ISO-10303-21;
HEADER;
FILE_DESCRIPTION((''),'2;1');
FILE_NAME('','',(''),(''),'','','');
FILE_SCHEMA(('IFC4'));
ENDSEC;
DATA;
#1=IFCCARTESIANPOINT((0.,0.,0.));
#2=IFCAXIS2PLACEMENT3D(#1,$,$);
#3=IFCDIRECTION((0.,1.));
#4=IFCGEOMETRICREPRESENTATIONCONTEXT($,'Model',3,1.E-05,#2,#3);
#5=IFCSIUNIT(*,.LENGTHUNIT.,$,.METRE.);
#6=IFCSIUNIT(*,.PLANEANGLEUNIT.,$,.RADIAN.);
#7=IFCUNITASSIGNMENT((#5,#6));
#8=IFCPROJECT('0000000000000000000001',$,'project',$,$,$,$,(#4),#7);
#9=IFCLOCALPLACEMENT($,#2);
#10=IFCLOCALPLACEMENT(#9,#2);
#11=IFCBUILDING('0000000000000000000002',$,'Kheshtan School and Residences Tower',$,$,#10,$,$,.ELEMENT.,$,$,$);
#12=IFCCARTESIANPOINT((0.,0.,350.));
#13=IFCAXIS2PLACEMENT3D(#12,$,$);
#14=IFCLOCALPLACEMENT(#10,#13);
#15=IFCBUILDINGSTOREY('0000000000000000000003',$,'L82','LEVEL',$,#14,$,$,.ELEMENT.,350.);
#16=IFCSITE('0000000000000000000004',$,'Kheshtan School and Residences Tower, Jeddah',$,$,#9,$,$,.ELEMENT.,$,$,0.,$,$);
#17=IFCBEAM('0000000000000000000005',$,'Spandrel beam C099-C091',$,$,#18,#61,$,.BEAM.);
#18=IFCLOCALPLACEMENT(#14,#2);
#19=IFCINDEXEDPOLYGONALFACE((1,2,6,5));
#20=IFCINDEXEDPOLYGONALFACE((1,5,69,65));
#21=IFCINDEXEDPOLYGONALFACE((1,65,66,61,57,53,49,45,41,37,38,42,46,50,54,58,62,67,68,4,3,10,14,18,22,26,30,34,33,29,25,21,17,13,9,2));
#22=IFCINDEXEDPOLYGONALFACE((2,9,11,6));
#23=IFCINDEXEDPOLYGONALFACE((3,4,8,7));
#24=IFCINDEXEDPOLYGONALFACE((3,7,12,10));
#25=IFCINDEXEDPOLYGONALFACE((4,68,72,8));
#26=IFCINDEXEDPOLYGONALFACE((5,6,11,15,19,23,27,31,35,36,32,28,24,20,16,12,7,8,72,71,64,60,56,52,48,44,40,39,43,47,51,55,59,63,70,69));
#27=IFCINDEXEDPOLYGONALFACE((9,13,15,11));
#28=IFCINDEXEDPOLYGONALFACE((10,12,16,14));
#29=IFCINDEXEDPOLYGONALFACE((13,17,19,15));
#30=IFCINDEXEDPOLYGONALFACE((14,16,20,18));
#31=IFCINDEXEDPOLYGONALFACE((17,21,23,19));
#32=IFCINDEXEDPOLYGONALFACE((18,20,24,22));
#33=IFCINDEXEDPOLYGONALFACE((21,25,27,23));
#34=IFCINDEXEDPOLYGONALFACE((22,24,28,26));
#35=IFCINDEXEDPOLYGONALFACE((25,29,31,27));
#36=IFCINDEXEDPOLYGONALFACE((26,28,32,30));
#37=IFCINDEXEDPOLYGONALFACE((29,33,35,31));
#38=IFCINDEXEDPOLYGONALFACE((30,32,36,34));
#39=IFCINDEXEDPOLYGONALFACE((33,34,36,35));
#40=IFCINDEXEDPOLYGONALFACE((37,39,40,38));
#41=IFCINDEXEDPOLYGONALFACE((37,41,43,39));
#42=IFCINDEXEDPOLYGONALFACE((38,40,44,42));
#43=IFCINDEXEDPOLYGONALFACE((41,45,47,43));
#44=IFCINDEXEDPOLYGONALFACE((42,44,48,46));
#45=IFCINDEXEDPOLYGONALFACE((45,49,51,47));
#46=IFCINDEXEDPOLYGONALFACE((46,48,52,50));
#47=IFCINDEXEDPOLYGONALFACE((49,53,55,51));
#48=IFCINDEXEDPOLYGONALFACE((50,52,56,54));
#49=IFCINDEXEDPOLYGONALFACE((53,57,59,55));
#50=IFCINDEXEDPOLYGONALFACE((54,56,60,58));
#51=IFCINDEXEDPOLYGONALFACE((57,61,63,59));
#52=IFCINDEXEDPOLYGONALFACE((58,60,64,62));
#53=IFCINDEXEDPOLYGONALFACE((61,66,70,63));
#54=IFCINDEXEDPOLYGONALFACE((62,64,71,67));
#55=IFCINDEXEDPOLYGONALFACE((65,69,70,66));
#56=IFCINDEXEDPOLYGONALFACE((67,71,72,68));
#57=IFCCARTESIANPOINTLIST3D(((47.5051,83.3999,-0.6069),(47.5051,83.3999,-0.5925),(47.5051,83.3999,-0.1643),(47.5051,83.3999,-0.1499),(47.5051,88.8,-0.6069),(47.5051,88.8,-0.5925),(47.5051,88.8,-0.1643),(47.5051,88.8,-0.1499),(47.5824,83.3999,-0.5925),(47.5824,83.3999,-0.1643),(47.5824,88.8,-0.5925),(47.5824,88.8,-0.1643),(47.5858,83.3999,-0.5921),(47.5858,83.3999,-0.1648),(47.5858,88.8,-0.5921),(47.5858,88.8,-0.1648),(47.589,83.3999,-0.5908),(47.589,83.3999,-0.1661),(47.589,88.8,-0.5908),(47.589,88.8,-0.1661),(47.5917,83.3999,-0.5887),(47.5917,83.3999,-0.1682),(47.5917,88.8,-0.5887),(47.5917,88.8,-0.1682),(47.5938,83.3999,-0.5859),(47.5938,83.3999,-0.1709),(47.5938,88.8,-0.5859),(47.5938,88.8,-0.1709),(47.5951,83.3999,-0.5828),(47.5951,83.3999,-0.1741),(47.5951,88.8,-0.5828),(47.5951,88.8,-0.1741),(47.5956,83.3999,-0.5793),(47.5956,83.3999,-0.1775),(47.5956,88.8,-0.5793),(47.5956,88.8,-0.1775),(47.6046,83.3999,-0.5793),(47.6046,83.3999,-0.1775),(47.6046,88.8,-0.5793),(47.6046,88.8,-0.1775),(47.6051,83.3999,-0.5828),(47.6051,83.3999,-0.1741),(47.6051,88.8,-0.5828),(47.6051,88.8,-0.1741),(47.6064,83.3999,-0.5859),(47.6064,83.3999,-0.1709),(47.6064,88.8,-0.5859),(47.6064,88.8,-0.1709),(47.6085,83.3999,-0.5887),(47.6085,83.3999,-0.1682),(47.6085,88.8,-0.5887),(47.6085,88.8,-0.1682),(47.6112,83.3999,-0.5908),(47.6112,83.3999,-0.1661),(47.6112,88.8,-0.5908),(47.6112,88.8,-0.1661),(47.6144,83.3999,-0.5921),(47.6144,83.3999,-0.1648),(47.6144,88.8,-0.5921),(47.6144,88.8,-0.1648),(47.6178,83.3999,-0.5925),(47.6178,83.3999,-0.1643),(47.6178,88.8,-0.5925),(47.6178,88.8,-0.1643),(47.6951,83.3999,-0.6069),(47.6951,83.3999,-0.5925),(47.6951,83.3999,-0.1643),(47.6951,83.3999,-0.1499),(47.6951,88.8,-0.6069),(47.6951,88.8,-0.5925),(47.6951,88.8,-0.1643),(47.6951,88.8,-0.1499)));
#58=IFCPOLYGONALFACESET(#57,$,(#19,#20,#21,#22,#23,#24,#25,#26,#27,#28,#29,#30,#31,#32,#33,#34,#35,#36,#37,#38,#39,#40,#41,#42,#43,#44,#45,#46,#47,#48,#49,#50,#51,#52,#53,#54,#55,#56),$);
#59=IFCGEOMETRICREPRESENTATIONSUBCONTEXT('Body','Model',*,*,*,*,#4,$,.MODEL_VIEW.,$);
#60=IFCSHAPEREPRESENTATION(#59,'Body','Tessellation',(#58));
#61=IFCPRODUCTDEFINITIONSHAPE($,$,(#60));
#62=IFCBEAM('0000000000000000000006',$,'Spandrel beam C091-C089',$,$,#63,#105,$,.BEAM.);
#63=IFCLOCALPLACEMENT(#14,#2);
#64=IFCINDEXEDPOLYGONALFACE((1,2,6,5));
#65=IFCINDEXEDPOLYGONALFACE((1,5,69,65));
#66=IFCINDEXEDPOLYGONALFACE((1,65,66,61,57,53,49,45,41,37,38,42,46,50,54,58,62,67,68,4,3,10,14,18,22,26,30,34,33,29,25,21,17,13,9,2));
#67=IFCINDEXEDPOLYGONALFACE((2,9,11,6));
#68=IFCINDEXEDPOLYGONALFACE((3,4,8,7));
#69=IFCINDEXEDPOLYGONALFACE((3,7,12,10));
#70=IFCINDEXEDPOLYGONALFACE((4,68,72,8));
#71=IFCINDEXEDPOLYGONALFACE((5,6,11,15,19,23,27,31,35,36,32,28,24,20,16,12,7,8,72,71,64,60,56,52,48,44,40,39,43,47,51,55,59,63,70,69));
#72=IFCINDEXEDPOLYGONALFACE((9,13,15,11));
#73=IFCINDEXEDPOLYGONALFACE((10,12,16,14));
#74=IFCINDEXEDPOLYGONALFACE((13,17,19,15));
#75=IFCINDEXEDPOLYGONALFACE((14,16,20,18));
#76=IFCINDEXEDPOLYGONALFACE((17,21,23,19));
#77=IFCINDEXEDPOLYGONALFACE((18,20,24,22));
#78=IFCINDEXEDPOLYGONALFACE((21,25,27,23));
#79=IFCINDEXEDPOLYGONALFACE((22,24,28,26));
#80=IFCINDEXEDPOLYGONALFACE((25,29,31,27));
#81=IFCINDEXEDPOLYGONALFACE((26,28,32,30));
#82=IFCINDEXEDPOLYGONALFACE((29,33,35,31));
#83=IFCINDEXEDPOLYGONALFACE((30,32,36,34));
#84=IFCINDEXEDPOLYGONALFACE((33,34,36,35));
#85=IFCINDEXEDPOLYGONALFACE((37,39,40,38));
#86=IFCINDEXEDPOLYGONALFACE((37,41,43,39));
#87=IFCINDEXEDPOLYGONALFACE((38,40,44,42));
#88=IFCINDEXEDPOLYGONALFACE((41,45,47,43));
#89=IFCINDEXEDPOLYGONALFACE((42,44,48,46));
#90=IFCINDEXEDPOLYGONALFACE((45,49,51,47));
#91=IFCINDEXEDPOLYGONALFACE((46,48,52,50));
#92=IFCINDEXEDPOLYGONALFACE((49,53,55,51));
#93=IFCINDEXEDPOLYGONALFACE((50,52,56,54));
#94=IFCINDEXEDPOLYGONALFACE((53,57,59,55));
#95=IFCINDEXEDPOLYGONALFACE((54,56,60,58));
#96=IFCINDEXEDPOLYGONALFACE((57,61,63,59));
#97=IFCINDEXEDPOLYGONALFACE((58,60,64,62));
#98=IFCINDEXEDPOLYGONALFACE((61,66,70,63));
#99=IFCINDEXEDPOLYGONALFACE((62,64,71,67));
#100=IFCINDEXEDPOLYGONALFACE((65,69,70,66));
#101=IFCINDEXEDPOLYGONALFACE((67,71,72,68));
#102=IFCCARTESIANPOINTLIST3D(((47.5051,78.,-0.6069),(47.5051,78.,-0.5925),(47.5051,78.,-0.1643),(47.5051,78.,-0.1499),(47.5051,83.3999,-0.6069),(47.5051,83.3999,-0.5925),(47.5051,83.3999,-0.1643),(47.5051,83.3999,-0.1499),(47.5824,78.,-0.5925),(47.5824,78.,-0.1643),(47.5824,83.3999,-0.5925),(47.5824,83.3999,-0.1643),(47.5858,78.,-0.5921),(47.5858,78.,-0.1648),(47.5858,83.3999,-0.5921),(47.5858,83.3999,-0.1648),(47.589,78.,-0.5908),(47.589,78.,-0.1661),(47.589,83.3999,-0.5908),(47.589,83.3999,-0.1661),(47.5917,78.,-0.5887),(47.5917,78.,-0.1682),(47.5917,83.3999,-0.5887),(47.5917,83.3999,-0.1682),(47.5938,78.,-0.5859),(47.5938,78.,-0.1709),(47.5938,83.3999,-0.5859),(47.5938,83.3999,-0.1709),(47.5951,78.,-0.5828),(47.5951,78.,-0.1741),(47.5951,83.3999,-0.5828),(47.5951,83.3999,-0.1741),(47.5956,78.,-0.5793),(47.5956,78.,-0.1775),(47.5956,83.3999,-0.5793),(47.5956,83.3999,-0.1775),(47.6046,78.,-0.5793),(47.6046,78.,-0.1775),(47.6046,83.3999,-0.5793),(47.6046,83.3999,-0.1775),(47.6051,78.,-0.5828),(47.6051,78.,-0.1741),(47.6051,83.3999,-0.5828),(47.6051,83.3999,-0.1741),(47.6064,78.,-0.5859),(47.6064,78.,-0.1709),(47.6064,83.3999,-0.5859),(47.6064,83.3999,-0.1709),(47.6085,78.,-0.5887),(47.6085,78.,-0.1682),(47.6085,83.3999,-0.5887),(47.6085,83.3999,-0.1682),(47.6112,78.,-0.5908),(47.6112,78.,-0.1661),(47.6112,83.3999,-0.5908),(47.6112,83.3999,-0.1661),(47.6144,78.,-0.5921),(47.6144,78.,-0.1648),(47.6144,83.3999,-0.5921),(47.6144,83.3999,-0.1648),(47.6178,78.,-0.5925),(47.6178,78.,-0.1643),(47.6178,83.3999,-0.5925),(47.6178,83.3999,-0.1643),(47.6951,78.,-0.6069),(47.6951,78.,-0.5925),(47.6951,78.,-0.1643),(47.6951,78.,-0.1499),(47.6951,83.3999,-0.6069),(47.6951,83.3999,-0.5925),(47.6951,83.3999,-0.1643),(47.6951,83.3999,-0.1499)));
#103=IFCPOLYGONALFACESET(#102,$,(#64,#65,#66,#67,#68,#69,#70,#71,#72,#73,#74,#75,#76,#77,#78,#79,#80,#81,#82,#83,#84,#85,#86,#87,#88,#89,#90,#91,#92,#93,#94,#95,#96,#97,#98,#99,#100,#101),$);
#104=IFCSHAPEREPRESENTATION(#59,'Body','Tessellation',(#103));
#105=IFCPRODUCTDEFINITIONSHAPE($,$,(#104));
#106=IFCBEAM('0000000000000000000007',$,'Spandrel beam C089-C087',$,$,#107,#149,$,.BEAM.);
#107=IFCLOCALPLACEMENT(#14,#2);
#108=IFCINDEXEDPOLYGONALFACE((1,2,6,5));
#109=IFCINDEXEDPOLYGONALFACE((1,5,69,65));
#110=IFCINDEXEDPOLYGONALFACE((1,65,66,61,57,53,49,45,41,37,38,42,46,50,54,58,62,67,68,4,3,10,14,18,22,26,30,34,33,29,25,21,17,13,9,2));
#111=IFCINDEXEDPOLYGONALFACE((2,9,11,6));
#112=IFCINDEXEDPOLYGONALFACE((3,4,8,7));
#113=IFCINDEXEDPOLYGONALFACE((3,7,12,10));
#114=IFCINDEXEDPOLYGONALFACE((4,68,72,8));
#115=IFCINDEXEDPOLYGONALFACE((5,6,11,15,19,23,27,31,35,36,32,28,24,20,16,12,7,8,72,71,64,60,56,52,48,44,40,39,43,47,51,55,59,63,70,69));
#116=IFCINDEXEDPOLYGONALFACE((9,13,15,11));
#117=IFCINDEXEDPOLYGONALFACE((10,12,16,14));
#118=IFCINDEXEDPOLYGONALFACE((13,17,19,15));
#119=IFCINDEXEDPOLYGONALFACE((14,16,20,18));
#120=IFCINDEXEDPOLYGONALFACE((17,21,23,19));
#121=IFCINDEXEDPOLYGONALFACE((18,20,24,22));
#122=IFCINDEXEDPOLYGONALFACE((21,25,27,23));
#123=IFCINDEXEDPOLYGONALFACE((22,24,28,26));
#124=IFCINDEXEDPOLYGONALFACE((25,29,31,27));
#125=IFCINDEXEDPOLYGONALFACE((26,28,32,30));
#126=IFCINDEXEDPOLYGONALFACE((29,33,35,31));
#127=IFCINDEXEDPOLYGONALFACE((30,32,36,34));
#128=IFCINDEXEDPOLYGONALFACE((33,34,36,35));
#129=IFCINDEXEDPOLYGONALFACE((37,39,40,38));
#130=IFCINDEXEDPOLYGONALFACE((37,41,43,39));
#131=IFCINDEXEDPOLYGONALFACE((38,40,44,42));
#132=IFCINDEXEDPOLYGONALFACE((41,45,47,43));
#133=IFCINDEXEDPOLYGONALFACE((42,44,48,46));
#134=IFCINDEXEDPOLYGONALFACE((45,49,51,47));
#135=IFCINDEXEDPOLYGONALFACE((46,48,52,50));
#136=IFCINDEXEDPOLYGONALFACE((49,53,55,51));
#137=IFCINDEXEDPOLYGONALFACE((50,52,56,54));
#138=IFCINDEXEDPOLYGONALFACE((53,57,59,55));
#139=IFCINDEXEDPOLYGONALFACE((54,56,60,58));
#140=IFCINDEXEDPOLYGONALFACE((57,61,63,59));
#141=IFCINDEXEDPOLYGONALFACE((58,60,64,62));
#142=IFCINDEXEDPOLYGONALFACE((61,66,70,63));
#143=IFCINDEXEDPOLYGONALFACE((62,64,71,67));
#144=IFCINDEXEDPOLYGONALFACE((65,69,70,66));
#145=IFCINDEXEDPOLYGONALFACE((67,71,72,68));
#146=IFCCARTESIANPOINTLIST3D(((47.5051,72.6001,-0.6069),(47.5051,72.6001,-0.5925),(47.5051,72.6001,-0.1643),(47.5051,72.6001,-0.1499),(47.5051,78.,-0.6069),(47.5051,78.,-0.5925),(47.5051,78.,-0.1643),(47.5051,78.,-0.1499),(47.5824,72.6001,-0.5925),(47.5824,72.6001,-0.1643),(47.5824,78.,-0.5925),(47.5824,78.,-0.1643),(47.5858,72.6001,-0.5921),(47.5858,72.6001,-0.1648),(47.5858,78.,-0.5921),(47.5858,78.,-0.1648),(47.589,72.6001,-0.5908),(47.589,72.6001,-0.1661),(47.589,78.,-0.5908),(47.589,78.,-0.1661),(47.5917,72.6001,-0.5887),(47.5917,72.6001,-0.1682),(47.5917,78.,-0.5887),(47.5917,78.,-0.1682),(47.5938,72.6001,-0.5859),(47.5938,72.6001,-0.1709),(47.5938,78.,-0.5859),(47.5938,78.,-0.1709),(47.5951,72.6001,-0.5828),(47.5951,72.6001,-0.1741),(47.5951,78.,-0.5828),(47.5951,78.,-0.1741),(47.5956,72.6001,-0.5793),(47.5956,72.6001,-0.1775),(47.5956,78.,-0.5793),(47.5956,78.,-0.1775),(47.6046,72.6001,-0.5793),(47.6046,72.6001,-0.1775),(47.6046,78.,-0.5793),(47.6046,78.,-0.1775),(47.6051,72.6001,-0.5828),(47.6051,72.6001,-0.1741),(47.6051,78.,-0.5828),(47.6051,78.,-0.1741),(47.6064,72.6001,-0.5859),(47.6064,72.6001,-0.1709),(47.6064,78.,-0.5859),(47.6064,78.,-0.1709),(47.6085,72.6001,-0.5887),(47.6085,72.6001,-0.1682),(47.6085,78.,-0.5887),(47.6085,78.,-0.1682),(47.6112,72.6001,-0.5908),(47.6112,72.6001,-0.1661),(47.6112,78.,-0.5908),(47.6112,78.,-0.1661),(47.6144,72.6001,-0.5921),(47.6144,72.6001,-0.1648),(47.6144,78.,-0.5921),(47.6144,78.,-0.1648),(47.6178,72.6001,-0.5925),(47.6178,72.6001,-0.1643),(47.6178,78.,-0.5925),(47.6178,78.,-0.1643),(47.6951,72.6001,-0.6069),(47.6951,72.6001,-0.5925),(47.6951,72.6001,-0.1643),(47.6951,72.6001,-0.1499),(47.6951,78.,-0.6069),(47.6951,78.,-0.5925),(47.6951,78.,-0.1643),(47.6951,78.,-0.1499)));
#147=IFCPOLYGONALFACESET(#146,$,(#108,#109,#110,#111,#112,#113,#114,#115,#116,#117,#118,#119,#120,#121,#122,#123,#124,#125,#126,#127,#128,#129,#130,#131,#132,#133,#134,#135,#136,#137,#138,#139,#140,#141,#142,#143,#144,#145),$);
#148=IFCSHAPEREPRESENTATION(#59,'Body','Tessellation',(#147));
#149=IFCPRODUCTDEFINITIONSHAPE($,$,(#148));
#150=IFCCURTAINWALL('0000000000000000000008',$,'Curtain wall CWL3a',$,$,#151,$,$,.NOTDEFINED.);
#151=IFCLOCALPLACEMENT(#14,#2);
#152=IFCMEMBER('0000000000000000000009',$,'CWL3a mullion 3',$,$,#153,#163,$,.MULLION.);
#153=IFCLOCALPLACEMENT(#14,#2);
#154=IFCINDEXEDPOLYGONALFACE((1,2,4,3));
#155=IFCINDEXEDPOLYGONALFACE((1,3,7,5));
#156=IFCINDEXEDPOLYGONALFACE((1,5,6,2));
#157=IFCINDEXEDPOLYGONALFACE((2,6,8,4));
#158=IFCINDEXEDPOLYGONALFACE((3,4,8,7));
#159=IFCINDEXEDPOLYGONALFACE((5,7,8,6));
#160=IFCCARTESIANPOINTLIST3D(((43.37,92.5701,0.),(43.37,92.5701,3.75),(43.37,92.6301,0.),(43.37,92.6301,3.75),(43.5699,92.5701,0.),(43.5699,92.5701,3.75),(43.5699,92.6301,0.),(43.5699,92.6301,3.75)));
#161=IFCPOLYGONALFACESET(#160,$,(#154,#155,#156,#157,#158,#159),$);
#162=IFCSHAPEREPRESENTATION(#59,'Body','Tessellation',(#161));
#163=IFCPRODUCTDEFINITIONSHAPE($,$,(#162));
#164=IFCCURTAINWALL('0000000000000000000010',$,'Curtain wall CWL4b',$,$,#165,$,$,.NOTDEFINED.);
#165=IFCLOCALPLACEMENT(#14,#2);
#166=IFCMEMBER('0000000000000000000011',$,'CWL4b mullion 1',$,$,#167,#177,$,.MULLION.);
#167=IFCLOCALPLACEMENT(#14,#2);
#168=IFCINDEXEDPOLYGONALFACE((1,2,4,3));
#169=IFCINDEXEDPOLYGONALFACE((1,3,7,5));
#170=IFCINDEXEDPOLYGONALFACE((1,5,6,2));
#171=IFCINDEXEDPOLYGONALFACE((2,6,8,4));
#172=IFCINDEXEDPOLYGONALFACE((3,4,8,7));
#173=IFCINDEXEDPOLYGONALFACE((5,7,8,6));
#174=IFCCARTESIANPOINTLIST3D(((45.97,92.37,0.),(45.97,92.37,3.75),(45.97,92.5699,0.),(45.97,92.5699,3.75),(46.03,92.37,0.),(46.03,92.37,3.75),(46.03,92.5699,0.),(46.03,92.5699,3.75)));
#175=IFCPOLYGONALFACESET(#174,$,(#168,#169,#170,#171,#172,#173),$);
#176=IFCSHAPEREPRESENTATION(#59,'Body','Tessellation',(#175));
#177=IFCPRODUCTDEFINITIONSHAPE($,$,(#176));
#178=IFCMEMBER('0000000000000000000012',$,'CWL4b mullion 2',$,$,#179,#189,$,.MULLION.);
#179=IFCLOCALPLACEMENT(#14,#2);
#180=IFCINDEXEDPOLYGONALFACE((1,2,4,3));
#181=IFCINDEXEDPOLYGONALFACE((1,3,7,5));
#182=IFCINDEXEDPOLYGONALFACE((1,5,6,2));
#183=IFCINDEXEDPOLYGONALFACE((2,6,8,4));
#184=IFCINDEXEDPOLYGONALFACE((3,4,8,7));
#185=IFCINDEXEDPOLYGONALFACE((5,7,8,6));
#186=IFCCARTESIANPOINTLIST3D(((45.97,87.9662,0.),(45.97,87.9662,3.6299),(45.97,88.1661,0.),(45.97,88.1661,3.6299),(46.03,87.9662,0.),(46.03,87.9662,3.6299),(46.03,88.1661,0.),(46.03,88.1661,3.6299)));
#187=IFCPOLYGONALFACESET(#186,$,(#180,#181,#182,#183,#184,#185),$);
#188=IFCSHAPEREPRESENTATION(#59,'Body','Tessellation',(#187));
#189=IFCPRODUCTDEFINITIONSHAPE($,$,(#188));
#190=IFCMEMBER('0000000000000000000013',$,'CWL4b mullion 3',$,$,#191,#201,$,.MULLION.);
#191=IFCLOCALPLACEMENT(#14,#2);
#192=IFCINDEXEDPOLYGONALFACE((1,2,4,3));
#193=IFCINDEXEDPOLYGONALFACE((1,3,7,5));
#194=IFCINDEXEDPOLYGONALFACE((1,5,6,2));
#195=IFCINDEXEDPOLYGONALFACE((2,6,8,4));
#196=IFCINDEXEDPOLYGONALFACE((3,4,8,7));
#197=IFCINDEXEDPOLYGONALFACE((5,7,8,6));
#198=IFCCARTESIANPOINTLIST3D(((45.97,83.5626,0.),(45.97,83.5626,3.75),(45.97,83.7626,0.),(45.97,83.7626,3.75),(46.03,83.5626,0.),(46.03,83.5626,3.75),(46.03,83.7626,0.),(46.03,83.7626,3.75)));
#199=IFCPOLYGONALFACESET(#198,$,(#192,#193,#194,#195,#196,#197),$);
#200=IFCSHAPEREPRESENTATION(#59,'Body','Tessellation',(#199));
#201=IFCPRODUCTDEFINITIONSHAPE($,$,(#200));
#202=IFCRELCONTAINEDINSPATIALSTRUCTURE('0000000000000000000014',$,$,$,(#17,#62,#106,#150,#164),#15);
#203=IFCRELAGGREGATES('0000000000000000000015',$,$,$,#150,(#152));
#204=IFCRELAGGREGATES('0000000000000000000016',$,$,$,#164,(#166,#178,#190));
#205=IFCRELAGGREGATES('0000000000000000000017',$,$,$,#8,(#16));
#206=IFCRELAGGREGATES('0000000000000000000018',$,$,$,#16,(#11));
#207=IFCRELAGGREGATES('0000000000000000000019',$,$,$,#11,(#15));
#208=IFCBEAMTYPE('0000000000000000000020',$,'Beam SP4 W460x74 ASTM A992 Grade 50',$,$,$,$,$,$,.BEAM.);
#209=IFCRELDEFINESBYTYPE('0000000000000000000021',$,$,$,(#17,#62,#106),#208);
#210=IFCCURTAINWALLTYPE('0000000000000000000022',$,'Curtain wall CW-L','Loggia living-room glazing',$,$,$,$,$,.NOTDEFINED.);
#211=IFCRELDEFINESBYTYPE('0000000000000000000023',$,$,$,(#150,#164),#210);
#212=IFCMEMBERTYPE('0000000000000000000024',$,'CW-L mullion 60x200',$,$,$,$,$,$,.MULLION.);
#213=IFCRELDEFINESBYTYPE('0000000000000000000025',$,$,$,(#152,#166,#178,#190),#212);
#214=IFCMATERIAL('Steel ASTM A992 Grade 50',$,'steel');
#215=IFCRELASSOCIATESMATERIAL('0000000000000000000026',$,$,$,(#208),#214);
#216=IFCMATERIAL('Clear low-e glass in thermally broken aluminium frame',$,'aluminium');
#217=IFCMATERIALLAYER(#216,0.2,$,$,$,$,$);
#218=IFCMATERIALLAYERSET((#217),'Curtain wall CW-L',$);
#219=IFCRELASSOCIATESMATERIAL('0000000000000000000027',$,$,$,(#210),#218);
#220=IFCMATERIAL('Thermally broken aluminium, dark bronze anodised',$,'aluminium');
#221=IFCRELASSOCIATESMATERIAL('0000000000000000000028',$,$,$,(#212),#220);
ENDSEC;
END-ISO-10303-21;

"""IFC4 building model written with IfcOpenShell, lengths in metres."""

from ifc_helpers import new_model, si_unit, direction, frame, origin, origin_2d, place, context, subcontext, project, spatial, rectangle, i_section, extrude, material, layer, layer_set, material_profile, profile_set, type_object, element, aggregate, save


model = new_model("IFC4")

# Units and contexts
model_context = context("Model", 3, precision=1e-05, world=origin(), true_north=direction((0.0, 1.0)))
body_context = subcontext(model_context, "Body", "Model", "MODEL_VIEW")
ifc_project = project(units=[si_unit("LENGTHUNIT", "METRE"), si_unit("PLANEANGLEUNIT", "RADIAN")], contexts=[model_context])

# Site, building, storey
site_placement = place(None, origin())
site = spatial("IfcSite", under=ifc_project, at=site_placement, Name="Kheshtan School and Residences Tower, Jeddah", CompositionType="ELEMENT", RefElevation=0.0)
building_placement = place(site_placement, origin())
building = spatial("IfcBuilding", under=site, at=building_placement, Name="Kheshtan School and Residences Tower", CompositionType="ELEMENT")
storey_placement = place(building_placement, frame((0.0, 0.0, 350.0)))
storey = spatial("IfcBuildingStorey", under=building, at=storey_placement, Name="L82", Description="LEVEL", CompositionType="ELEMENT", Elevation=350.0)

# Shared definitions
ifc_material_1 = material(Name="Steel ASTM A992 Grade 50", Category="steel")

# Beams
ifc_material_profile_1 = material_profile(ifc_material_1, i_section(OverallWidth=0.1899, OverallDepth=0.457, WebThickness=0.009, FlangeThickness=0.0144, FilletRadius=0.0132, at=origin_2d()), Name="W460x74")
ifc_profile_set_1 = profile_set([ifc_material_profile_1], Name="Steel ASTM A992 Grade 50")
beam_type_1 = type_object("IfcBeamType", Name="Beam SP4 W460x74 ASTM A992 Grade 50", PredefinedType="BEAM", material=ifc_profile_set_1)
beam_1_placement = place(storey_placement, frame((47.6001, 88.8, -0.3784), z_axis=(0.0, -1.0, 0.0), x_axis=(1.0, 0.0, 0.0)))
element("IfcBeam", 1, at=beam_1_placement, inside=storey, type_object=beam_type_1, Name="Spandrel beam C099-C091", PredefinedType="BEAM", context=body_context, shape_type="SweptSolid", body=[
    extrude(i_section(OverallWidth=0.1899, OverallDepth=0.457, WebThickness=0.009, FlangeThickness=0.0144, FilletRadius=0.0132, at=origin_2d()), origin(), (0.0, 0.0, 1.0), 5.4001),
])
for number, where, z_axis, x_axis, name in (
    (2, (47.6001, 83.3999, -0.3784), (0.0, -1.0, 0.0), (1.0, 0.0, 0.0), "Spandrel beam C091-C089"),
    (3, (47.6001, 78.0, -0.3784), (0.0, -1.0, 0.0), (1.0, 0.0, 0.0), "Spandrel beam C089-C087"),
):
    element("IfcBeam", number, at=place(storey_placement, frame(where, z_axis=z_axis, x_axis=x_axis)), inside=storey, type_object=beam_type_1, Name=name, PredefinedType="BEAM", context=body_context, shape_type="SweptSolid", body=[
        extrude(i_section(OverallWidth=0.1899, OverallDepth=0.457, WebThickness=0.009, FlangeThickness=0.0144, FilletRadius=0.0132, at=origin_2d()), origin(), (0.0, 0.0, 1.0), 5.3999),
    ])

# Curtain wall, member
ifc_material_2 = material(Name="Clear low-e glass in thermally broken aluminium frame", Category="aluminium")
ifc_layer_1 = layer(ifc_material_2, 0.2)
ifc_layer_set_1 = layer_set([ifc_layer_1], Name="Curtain wall CW-L")
curtain_wall_type = type_object("IfcCurtainWallType", Name="Curtain wall CW-L", Description="Loggia living-room glazing", PredefinedType="NOTDEFINED", material=ifc_layer_set_1)
curtain_wall_1_placement = place(storey_placement, origin())
curtain_wall_1 = element("IfcCurtainWall", 4, at=curtain_wall_1_placement, inside=storey, type_object=curtain_wall_type, Name="Curtain wall CWL3a", PredefinedType="NOTDEFINED")
ifc_material_3 = material(Name="Thermally broken aluminium, dark bronze anodised", Category="aluminium")
ifc_material_profile_2 = material_profile(ifc_material_3, rectangle(XDim=0.0601, YDim=0.2, at=origin_2d()), Name="CW-L mullion 60x200")
ifc_profile_set_2 = profile_set([ifc_material_profile_2], Name="Thermally broken aluminium, dark bronze anodised")
member_type_1 = type_object("IfcMemberType", Name="CW-L mullion 60x200", PredefinedType="MULLION", material=ifc_profile_set_2)
member_1_placement = place(storey_placement, frame((43.47, 92.6001, 0.0), z_axis=(0.0, 0.0, 1.0), x_axis=(0.0, 1.0, 0.0)))
member_1 = element("IfcMember", 5, at=member_1_placement, type_object=member_type_1, Name="CWL3a mullion 3", PredefinedType="MULLION", context=body_context, shape_type="SweptSolid", body=[
    extrude(rectangle(XDim=0.0601, YDim=0.2, at=origin_2d()), origin(), (0.0, 0.0, 1.0), 3.75),
])

# Curtain wall, members
curtain_wall_2_placement = place(storey_placement, origin())
curtain_wall_2 = element("IfcCurtainWall", 6, at=curtain_wall_2_placement, inside=storey, type_object=curtain_wall_type, Name="Curtain wall CWL4b", PredefinedType="NOTDEFINED")
member_2_placement = place(storey_placement, frame((46.0, 92.47, 0.0), z_axis=(0.0, 0.0, 1.0), x_axis=(1.0, 0.0, 0.0)))
member_2 = element("IfcMember", 7, at=member_2_placement, type_object=member_type_1, Name="CWL4b mullion 1", PredefinedType="MULLION", context=body_context, shape_type="SweptSolid", body=[
    extrude(rectangle(XDim=0.0601, YDim=0.2, at=origin_2d()), origin(), (0.0, 0.0, 1.0), 3.75),
])
member_3_placement = place(storey_placement, frame((46.0, 88.0662, 0.0), z_axis=(0.0, 0.0, 1.0), x_axis=(1.0, 0.0, 0.0)))
member_3 = element("IfcMember", 8, at=member_3_placement, type_object=member_type_1, Name="CWL4b mullion 2", PredefinedType="MULLION", context=body_context, shape_type="SweptSolid", body=[
    extrude(rectangle(XDim=0.0601, YDim=0.2, at=origin_2d()), origin(), (0.0, 0.0, 1.0), 3.6299),
])
member_4_placement = place(storey_placement, frame((46.0, 83.6626, 0.0), z_axis=(0.0, 0.0, 1.0), x_axis=(1.0, 0.0, 0.0)))
member_4 = element("IfcMember", 9, at=member_4_placement, type_object=member_type_1, Name="CWL4b mullion 3", PredefinedType="MULLION", context=body_context, shape_type="SweptSolid", body=[
    extrude(rectangle(XDim=0.0601, YDim=0.2, at=origin_2d()), origin(), (0.0, 0.0, 1.0), 3.75),
])

aggregate(curtain_wall_1, [member_1])
aggregate(curtain_wall_2, [member_2, member_3, member_4])

save(model, "model.ifc")
